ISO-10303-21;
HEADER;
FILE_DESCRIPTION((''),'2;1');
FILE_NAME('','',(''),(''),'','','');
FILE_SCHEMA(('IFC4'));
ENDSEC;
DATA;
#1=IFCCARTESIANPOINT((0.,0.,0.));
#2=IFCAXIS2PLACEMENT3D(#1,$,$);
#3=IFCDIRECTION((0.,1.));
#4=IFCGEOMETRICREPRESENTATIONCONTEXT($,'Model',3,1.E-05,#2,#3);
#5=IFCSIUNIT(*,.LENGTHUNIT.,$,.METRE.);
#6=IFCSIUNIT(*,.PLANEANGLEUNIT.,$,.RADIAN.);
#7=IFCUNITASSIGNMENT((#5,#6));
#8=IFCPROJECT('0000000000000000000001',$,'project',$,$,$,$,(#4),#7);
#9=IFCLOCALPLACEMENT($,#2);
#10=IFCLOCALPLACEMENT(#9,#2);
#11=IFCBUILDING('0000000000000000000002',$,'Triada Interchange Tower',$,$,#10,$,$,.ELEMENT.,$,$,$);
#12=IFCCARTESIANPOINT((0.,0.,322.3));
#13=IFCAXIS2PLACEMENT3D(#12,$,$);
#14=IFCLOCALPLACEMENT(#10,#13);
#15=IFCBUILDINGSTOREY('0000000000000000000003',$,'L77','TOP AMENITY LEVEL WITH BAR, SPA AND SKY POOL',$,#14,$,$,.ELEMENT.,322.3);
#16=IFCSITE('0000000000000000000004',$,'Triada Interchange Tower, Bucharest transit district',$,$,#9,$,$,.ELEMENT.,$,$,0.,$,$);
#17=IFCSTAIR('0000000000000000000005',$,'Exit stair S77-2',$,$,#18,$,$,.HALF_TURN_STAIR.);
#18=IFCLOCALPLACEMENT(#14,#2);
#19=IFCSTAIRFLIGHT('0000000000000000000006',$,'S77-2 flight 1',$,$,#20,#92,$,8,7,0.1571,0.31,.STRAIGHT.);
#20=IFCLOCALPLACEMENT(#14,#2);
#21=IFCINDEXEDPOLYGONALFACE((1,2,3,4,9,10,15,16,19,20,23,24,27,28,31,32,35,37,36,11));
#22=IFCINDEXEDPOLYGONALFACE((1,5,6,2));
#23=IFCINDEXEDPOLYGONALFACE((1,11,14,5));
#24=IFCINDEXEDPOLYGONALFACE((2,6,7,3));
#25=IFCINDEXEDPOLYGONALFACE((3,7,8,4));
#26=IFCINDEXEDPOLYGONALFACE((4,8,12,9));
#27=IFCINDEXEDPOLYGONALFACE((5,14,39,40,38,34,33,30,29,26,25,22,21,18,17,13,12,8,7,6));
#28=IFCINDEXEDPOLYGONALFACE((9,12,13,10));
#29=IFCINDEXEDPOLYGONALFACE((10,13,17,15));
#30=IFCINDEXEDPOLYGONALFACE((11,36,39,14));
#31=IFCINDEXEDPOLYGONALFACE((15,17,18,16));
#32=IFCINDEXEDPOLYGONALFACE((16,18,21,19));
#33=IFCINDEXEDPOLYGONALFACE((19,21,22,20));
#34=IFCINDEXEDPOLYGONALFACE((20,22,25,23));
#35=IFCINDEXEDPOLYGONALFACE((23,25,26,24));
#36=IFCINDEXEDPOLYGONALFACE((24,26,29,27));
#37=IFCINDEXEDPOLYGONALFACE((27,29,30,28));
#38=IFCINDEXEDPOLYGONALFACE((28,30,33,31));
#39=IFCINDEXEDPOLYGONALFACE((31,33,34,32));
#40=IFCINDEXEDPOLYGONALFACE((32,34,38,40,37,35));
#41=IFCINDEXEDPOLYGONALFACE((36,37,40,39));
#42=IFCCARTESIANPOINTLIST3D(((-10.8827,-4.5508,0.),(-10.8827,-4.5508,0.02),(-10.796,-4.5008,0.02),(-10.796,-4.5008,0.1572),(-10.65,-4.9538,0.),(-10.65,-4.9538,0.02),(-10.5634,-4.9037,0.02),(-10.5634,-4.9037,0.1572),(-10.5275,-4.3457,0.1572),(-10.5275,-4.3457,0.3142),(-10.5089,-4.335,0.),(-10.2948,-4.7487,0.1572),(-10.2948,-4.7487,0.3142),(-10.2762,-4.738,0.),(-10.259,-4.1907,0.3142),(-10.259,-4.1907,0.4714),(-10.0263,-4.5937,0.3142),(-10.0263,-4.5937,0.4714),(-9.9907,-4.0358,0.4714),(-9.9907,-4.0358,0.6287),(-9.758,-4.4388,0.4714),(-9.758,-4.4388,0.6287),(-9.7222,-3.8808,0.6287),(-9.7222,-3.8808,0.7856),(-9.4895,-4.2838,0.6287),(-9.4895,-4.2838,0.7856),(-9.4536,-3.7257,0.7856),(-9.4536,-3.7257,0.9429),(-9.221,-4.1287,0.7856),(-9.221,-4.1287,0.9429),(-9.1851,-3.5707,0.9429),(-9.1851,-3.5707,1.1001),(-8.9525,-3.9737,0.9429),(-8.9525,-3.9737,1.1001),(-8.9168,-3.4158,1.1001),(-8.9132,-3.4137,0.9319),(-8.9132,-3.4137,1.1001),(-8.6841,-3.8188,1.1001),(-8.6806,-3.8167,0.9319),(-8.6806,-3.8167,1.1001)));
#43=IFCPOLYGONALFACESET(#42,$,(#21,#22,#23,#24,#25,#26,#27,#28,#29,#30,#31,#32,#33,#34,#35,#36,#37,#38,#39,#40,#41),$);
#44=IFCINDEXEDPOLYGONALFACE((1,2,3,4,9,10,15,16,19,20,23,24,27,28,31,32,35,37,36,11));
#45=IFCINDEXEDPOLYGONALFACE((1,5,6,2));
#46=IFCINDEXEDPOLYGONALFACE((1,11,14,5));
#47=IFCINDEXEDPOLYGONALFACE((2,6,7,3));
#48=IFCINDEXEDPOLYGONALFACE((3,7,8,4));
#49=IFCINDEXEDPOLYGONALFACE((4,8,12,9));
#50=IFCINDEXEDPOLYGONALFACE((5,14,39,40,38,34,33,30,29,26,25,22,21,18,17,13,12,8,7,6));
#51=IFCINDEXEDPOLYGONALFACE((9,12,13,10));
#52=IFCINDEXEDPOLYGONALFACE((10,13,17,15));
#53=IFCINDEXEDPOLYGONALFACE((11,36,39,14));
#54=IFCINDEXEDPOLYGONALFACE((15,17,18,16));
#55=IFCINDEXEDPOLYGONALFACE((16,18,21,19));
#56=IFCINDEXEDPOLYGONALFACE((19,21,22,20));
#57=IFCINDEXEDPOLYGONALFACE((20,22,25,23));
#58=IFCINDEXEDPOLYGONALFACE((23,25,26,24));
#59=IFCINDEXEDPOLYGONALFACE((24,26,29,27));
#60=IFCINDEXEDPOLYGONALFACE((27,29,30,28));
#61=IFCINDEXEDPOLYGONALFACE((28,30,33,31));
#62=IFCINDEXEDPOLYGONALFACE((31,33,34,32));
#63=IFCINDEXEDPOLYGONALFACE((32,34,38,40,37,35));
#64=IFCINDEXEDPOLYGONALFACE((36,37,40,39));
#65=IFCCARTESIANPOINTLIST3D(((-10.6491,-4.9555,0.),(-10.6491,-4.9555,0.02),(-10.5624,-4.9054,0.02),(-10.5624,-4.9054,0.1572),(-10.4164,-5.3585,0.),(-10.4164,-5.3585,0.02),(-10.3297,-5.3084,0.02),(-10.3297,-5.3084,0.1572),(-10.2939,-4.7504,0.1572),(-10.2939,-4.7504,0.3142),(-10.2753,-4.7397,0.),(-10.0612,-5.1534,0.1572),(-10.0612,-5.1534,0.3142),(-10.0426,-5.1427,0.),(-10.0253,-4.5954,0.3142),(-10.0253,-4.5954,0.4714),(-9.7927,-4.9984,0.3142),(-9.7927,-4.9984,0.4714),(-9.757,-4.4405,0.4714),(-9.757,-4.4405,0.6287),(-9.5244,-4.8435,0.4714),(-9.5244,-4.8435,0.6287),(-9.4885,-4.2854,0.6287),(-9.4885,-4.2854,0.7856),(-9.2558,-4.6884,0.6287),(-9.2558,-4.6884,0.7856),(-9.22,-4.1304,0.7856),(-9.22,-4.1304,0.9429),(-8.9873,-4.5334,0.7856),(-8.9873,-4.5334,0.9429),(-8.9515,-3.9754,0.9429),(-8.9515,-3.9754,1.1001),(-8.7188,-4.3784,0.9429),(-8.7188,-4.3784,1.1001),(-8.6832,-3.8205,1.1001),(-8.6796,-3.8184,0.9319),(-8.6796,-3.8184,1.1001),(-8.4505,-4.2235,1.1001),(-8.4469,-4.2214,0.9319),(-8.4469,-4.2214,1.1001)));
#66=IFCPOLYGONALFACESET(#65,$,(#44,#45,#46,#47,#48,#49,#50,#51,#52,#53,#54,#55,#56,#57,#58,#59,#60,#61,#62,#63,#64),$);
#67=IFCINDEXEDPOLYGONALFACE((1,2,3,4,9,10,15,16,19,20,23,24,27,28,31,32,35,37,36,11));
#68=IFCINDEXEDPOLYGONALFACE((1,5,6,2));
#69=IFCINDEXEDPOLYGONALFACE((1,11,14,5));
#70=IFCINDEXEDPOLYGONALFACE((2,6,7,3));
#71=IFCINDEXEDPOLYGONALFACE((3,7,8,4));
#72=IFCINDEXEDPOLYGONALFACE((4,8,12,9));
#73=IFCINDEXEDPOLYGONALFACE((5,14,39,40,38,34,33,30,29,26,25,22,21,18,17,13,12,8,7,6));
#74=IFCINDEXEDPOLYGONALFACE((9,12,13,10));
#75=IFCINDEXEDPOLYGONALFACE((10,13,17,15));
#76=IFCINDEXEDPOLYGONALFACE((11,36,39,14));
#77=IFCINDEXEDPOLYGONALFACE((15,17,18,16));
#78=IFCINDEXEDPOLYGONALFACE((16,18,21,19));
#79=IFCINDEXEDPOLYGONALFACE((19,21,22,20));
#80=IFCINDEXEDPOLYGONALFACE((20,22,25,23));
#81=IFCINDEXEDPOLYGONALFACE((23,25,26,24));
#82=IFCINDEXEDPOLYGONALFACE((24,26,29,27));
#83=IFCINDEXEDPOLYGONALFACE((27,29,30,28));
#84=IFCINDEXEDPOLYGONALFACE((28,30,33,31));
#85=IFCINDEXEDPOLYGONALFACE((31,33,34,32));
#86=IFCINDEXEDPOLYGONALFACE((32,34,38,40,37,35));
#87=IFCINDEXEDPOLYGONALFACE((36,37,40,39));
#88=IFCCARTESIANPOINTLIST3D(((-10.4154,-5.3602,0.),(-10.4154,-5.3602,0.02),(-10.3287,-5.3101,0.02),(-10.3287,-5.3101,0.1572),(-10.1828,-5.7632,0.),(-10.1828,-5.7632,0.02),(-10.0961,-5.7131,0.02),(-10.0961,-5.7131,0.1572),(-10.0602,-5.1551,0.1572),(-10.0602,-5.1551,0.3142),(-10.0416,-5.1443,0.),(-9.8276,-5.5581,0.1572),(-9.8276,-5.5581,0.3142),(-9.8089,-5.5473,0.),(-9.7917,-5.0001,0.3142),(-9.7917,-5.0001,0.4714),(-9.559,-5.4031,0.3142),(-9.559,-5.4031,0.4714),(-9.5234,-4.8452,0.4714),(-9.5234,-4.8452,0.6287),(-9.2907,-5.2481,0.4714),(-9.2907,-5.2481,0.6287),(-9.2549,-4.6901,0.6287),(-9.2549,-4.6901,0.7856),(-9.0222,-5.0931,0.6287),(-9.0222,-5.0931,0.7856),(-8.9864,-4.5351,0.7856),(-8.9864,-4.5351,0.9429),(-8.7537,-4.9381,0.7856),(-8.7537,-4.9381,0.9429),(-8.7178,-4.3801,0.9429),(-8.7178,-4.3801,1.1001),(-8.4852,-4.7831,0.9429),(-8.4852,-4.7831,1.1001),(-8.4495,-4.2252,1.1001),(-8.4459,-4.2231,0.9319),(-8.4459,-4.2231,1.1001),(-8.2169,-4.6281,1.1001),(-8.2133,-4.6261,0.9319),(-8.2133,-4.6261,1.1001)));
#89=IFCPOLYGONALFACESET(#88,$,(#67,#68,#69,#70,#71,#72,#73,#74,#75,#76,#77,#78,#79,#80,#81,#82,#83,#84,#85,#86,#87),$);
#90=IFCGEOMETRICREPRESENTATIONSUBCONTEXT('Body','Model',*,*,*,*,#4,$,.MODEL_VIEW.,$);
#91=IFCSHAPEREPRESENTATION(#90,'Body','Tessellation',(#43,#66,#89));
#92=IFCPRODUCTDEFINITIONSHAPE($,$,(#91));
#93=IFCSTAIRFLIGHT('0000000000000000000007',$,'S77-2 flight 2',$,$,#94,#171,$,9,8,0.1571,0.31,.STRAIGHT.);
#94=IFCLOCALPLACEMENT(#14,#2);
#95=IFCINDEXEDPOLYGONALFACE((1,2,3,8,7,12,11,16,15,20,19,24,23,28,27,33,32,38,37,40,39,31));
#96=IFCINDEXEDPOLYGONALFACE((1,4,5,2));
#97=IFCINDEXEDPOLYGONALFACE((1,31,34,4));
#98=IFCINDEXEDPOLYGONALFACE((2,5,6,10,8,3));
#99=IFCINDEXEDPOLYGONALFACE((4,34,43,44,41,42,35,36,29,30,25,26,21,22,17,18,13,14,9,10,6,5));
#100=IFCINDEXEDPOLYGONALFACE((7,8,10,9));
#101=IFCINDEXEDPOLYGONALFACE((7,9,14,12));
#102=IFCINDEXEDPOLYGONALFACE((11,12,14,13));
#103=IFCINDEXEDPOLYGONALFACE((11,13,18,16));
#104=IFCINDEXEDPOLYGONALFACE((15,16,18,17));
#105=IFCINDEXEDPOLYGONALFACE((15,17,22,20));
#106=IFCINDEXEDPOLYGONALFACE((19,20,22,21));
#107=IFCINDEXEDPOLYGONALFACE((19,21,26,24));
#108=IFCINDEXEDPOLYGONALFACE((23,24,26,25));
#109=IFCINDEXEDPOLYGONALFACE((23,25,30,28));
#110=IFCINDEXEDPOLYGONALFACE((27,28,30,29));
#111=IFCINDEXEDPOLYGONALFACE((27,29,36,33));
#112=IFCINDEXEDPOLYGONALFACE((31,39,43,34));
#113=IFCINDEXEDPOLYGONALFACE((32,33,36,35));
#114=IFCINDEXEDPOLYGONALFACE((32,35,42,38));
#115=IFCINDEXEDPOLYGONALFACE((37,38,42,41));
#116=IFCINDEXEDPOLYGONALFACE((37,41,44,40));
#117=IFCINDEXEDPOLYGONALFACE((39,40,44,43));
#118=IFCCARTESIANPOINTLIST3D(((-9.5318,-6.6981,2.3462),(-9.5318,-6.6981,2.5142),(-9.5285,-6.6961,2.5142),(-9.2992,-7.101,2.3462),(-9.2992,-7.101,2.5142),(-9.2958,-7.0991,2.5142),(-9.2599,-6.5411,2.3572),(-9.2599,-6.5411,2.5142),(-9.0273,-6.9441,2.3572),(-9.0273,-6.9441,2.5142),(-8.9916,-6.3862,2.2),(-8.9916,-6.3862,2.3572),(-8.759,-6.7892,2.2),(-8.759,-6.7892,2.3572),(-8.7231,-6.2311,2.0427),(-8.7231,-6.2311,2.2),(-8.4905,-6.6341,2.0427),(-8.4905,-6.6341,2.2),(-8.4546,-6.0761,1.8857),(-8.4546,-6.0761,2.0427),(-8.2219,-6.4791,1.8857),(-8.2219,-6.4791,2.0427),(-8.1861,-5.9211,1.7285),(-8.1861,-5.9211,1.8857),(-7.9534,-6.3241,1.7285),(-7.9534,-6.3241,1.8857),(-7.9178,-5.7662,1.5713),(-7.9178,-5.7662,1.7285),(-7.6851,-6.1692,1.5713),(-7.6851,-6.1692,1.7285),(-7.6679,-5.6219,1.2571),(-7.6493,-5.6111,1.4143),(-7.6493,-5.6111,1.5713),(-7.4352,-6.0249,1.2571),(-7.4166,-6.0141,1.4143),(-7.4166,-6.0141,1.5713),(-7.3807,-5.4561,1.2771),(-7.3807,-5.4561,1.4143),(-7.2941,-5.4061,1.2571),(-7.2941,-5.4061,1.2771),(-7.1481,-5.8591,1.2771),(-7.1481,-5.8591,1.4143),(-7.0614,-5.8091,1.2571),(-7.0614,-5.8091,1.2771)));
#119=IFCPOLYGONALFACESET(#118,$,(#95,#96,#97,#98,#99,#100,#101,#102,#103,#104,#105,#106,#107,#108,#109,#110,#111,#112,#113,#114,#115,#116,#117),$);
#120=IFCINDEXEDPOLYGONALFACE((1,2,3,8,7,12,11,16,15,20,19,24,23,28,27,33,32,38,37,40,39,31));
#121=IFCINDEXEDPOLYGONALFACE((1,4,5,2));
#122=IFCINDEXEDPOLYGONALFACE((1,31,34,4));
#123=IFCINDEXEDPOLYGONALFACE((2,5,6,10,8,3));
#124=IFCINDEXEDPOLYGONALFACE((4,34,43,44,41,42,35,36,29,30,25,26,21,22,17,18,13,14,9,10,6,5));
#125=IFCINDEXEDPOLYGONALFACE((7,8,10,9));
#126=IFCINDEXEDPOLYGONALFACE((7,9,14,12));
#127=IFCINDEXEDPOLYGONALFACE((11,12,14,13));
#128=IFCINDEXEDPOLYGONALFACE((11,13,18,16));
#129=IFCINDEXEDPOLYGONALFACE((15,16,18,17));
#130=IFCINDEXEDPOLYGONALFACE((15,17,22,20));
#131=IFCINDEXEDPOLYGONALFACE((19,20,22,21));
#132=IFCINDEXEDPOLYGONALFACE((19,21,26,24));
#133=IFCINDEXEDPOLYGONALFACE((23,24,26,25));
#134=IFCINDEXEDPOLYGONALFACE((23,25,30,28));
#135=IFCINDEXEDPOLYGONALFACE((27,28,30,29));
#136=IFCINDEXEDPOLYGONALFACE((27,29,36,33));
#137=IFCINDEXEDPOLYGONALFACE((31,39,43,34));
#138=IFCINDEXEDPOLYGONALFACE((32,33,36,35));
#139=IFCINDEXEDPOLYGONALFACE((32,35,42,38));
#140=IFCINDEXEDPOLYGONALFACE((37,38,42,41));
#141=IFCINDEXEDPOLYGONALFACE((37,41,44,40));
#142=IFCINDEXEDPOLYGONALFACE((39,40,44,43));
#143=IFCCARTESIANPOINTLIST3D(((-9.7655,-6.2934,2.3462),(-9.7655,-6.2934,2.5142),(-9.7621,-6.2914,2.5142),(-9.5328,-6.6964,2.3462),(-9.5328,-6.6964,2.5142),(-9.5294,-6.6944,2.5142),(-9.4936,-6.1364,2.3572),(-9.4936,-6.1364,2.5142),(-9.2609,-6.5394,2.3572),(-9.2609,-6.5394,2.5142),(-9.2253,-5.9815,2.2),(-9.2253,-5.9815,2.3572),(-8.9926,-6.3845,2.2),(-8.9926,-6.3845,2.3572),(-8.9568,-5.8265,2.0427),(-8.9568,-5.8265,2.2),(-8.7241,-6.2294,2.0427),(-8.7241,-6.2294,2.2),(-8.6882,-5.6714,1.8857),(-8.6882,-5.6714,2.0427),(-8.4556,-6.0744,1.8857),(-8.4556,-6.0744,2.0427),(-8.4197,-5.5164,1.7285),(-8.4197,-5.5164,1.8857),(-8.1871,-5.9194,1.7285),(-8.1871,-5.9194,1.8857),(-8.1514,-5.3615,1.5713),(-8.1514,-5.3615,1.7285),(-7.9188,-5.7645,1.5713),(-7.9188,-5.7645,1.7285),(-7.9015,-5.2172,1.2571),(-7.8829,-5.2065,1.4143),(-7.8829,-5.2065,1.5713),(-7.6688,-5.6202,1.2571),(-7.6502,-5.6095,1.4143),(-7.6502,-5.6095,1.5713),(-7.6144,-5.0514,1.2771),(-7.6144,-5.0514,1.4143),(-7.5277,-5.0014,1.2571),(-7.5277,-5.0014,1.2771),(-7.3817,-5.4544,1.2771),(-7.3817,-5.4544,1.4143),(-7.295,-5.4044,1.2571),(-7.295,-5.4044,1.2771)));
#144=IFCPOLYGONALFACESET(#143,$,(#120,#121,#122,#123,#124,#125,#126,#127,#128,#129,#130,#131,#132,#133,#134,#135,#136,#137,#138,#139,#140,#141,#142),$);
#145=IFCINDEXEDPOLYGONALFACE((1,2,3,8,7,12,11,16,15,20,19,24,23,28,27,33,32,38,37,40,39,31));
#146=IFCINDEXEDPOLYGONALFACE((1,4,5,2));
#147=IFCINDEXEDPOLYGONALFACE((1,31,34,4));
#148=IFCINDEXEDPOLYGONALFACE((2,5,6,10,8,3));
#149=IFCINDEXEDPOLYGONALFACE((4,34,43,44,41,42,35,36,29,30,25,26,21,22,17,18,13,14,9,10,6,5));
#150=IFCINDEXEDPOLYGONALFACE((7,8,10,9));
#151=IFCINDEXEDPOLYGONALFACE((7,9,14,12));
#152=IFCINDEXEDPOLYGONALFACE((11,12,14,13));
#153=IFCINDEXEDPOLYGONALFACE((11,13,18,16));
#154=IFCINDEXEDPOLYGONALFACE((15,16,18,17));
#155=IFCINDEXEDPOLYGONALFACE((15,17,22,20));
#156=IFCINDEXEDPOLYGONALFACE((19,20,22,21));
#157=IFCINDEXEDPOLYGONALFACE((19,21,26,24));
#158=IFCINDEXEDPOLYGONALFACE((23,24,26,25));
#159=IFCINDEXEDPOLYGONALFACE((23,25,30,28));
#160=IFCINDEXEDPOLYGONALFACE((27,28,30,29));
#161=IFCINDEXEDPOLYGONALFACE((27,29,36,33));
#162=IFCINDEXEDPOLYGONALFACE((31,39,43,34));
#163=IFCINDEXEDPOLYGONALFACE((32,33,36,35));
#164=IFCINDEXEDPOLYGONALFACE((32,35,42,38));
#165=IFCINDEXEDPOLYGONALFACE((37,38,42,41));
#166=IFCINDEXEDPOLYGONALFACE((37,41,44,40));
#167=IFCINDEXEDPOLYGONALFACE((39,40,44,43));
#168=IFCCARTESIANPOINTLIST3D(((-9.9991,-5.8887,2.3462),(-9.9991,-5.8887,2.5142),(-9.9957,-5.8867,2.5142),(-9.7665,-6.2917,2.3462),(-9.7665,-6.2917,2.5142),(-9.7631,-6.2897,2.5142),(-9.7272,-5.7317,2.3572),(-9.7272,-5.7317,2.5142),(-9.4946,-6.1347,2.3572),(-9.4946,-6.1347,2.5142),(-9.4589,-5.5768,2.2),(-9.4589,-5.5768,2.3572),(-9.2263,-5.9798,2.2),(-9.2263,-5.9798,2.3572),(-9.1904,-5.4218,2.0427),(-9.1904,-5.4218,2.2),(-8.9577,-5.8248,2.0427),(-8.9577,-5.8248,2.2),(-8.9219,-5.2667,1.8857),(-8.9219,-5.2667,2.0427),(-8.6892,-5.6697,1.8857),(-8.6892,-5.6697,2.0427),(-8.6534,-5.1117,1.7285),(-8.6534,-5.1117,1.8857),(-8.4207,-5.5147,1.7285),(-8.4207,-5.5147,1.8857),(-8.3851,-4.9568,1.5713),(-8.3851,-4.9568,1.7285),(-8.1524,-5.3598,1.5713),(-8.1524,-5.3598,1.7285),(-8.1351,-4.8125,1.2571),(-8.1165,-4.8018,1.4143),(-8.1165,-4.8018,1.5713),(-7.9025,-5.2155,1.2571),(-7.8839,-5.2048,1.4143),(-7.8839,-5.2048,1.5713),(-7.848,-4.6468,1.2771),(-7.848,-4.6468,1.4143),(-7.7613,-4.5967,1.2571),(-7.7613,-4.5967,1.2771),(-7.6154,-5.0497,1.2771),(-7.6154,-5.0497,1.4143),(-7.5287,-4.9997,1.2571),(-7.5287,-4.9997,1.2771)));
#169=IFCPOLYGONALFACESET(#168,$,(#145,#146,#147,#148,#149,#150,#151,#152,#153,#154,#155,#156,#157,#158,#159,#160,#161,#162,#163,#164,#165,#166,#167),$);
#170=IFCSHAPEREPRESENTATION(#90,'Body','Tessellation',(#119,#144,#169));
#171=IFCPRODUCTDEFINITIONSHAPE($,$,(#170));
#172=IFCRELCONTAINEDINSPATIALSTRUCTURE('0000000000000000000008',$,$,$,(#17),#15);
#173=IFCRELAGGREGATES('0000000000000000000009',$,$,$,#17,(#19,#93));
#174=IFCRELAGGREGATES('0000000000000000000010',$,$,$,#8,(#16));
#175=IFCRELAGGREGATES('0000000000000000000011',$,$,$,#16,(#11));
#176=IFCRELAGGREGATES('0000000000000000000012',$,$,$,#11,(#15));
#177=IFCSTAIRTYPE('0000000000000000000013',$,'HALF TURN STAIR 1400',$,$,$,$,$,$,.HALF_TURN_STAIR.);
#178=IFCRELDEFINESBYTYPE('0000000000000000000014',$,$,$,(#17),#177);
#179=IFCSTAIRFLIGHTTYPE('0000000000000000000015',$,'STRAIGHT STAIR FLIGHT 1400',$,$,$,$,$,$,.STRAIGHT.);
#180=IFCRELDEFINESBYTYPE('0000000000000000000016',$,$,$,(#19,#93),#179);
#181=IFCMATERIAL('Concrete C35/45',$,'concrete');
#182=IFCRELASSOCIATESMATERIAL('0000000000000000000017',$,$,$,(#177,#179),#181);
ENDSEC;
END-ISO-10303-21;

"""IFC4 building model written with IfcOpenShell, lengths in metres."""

from ifc_helpers import new_model, si_unit, direction, frame, origin, place, context, subcontext, project, spatial, polyline, outline, extrude, material, type_object, element, aggregate, save


model = new_model("IFC4")

# Units and contexts
model_context = context("Model", 3, precision=1e-05, world=origin(), true_north=direction((0.0, 1.0)))
body_context = subcontext(model_context, "Body", "Model", "MODEL_VIEW")
ifc_project = project(units=[si_unit("LENGTHUNIT", "METRE"), si_unit("PLANEANGLEUNIT", "RADIAN")], contexts=[model_context])

# Site, building, storey
site_placement = place(None, origin())
site = spatial("IfcSite", under=ifc_project, at=site_placement, Name="Triada Interchange Tower, Bucharest transit district", CompositionType="ELEMENT", RefElevation=0.0)
building_placement = place(site_placement, origin())
building = spatial("IfcBuilding", under=site, at=building_placement, Name="Triada Interchange Tower", CompositionType="ELEMENT")
storey_placement = place(building_placement, frame((0.0, 0.0, 322.3)))
storey = spatial("IfcBuildingStorey", under=building, at=storey_placement, Name="L77", Description="TOP AMENITY LEVEL WITH BAR, SPA AND SKY POOL", CompositionType="ELEMENT", Elevation=322.3)

# Shared definitions
ifc_material_1 = material(Name="Concrete C35/45", Category="concrete")

# Stair, stair flights
stair_type = type_object("IfcStairType", Name="HALF TURN STAIR 1400", PredefinedType="HALF_TURN_STAIR", material=ifc_material_1)
stair_placement = place(storey_placement, origin())
stair = element("IfcStair", 1, at=stair_placement, inside=storey, type_object=stair_type, Name="Exit stair S77-2", PredefinedType="HALF_TURN_STAIR")
stair_flight_type = type_object("IfcStairFlightType", Name="STRAIGHT STAIR FLIGHT 1400", PredefinedType="STRAIGHT", material=ifc_material_1)
stair_flight_1_placement = place(storey_placement, frame((-10.446, -5.1069, 0.0), z_axis=(0.0, 0.0, 1.0), x_axis=(0.866025, 0.5, 0.0)))
stair_flight_1 = element("IfcStairFlight", 2, at=stair_flight_1_placement, type_object=stair_flight_type, Name="S77-2 flight 1", NumberOfRisers=8, NumberOfTreads=7, PredefinedType="STRAIGHT", RiserHeight=0.1571, TreadLength=0.31, context=body_context, shape_type="SweptSolid", body=[
    extrude(outline(polyline([(-0.1001, 0.0), (-0.1001, 0.02), (0.0, 0.02), (0.0, 0.1572), (0.3101, 0.1572), (0.3101, 0.3142), (0.6201, 0.3142), (0.6201, 0.4714), (0.9299, 0.4714), (0.9299, 0.6287), (1.24, 0.6287), (1.24, 0.7856), (1.55, 0.7856), (1.55, 0.9429), (1.8601, 0.9429), (1.8601, 1.1001), (2.1699, 1.1001), (2.1741, 1.1001), (2.1741, 1.2571), (2.1741, 0.9319), (0.3315, 0.0), (-0.1001, 0.0)])), frame((0.0, 0.7, 0.0), z_axis=(0.0, -1.0, 0.0), x_axis=(1.0, 0.0, 0.0)), (0.0, 0.0, 1.0), 0.4653),
    extrude(outline(polyline([(-0.1001, 0.0), (-0.1001, 0.02), (0.0, 0.02), (0.0, 0.1572), (0.3101, 0.1572), (0.3101, 0.3142), (0.6201, 0.3142), (0.6201, 0.4714), (0.9299, 0.4714), (0.9299, 0.6287), (1.24, 0.6287), (1.24, 0.7856), (1.55, 0.7856), (1.55, 0.9429), (1.8601, 0.9429), (1.8601, 1.1001), (2.1699, 1.1001), (2.1741, 1.1001), (2.1741, 1.2571), (2.1741, 0.9319), (0.3315, 0.0), (-0.1001, 0.0)])), frame((0.0, 0.2327, 0.0), z_axis=(0.0, -1.0, 0.0), x_axis=(1.0, 0.0, 0.0)), (0.0, 0.0, 1.0), 0.4653),
    extrude(outline(polyline([(-0.1001, 0.0), (-0.1001, 0.02), (0.0, 0.02), (0.0, 0.1572), (0.3101, 0.1572), (0.3101, 0.3142), (0.6201, 0.3142), (0.6201, 0.4714), (0.9299, 0.4714), (0.9299, 0.6287), (1.24, 0.6287), (1.24, 0.7856), (1.55, 0.7856), (1.55, 0.9429), (1.8601, 0.9429), (1.8601, 1.1001), (2.1699, 1.1001), (2.1741, 1.1001), (2.1741, 1.2571), (2.1741, 0.9319), (0.3315, 0.0), (-0.1001, 0.0)])), frame((0.0, -0.2346, 0.0), z_axis=(0.0, -1.0, 0.0), x_axis=(1.0, 0.0, 0.0)), (0.0, 0.0, 1.0), 0.4653),
])
stair_flight_2_placement = place(storey_placement, frame((-7.498, -5.2529, 1.2571), z_axis=(0.0, 0.0, 1.0), x_axis=(-0.866025, -0.5, 0.0)))
stair_flight_2 = element("IfcStairFlight", 3, at=stair_flight_2_placement, type_object=stair_flight_type, Name="S77-2 flight 2", NumberOfRisers=9, NumberOfTreads=8, PredefinedType="STRAIGHT", RiserHeight=0.1571, TreadLength=0.31, context=body_context, shape_type="SweptSolid", body=[
    extrude(outline(polyline([(-0.1001, 0.0), (-0.1001, 0.02), (0.0, 0.02), (0.0, 0.1572), (0.3101, 0.1572), (0.3101, 0.3142), (0.6201, 0.3142), (0.6201, 0.4714), (0.9299, 0.4714), (0.9299, 0.6287), (1.24, 0.6287), (1.24, 0.7856), (1.55, 0.7856), (1.55, 0.9429), (1.8601, 0.9429), (1.8601, 1.1001), (2.1699, 1.1001), (2.1699, 1.2571), (2.48, 1.2571), (2.4839, 1.2571), (2.4839, 1.4143), (2.4839, 1.0891), (0.3315, 0.0), (-0.1001, 0.0)])), frame((0.0, 0.7, 0.0), z_axis=(0.0, -1.0, 0.0), x_axis=(1.0, 0.0, 0.0)), (0.0, 0.0, 1.0), 0.4653),
    extrude(outline(polyline([(-0.1001, 0.0), (-0.1001, 0.02), (0.0, 0.02), (0.0, 0.1572), (0.3101, 0.1572), (0.3101, 0.3142), (0.6201, 0.3142), (0.6201, 0.4714), (0.9299, 0.4714), (0.9299, 0.6287), (1.24, 0.6287), (1.24, 0.7856), (1.55, 0.7856), (1.55, 0.9429), (1.8601, 0.9429), (1.8601, 1.1001), (2.1699, 1.1001), (2.1699, 1.2571), (2.48, 1.2571), (2.4839, 1.2571), (2.4839, 1.4143), (2.4839, 1.0891), (0.3315, 0.0), (-0.1001, 0.0)])), frame((0.0, 0.2327, 0.0), z_axis=(0.0, -1.0, 0.0), x_axis=(1.0, 0.0, 0.0)), (0.0, 0.0, 1.0), 0.4653),
    extrude(outline(polyline([(-0.1001, 0.0), (-0.1001, 0.02), (0.0, 0.02), (0.0, 0.1572), (0.3101, 0.1572), (0.3101, 0.3142), (0.6201, 0.3142), (0.6201, 0.4714), (0.9299, 0.4714), (0.9299, 0.6287), (1.24, 0.6287), (1.24, 0.7856), (1.55, 0.7856), (1.55, 0.9429), (1.8601, 0.9429), (1.8601, 1.1001), (2.1699, 1.1001), (2.1699, 1.2571), (2.48, 1.2571), (2.4839, 1.2571), (2.4839, 1.4143), (2.4839, 1.0891), (0.3315, 0.0), (-0.1001, 0.0)])), frame((0.0, -0.2346, 0.0), z_axis=(0.0, -1.0, 0.0), x_axis=(1.0, 0.0, 0.0)), (0.0, 0.0, 1.0), 0.4653),
])
aggregate(stair, [stair_flight_1, stair_flight_2])

save(model, "model.ifc")
